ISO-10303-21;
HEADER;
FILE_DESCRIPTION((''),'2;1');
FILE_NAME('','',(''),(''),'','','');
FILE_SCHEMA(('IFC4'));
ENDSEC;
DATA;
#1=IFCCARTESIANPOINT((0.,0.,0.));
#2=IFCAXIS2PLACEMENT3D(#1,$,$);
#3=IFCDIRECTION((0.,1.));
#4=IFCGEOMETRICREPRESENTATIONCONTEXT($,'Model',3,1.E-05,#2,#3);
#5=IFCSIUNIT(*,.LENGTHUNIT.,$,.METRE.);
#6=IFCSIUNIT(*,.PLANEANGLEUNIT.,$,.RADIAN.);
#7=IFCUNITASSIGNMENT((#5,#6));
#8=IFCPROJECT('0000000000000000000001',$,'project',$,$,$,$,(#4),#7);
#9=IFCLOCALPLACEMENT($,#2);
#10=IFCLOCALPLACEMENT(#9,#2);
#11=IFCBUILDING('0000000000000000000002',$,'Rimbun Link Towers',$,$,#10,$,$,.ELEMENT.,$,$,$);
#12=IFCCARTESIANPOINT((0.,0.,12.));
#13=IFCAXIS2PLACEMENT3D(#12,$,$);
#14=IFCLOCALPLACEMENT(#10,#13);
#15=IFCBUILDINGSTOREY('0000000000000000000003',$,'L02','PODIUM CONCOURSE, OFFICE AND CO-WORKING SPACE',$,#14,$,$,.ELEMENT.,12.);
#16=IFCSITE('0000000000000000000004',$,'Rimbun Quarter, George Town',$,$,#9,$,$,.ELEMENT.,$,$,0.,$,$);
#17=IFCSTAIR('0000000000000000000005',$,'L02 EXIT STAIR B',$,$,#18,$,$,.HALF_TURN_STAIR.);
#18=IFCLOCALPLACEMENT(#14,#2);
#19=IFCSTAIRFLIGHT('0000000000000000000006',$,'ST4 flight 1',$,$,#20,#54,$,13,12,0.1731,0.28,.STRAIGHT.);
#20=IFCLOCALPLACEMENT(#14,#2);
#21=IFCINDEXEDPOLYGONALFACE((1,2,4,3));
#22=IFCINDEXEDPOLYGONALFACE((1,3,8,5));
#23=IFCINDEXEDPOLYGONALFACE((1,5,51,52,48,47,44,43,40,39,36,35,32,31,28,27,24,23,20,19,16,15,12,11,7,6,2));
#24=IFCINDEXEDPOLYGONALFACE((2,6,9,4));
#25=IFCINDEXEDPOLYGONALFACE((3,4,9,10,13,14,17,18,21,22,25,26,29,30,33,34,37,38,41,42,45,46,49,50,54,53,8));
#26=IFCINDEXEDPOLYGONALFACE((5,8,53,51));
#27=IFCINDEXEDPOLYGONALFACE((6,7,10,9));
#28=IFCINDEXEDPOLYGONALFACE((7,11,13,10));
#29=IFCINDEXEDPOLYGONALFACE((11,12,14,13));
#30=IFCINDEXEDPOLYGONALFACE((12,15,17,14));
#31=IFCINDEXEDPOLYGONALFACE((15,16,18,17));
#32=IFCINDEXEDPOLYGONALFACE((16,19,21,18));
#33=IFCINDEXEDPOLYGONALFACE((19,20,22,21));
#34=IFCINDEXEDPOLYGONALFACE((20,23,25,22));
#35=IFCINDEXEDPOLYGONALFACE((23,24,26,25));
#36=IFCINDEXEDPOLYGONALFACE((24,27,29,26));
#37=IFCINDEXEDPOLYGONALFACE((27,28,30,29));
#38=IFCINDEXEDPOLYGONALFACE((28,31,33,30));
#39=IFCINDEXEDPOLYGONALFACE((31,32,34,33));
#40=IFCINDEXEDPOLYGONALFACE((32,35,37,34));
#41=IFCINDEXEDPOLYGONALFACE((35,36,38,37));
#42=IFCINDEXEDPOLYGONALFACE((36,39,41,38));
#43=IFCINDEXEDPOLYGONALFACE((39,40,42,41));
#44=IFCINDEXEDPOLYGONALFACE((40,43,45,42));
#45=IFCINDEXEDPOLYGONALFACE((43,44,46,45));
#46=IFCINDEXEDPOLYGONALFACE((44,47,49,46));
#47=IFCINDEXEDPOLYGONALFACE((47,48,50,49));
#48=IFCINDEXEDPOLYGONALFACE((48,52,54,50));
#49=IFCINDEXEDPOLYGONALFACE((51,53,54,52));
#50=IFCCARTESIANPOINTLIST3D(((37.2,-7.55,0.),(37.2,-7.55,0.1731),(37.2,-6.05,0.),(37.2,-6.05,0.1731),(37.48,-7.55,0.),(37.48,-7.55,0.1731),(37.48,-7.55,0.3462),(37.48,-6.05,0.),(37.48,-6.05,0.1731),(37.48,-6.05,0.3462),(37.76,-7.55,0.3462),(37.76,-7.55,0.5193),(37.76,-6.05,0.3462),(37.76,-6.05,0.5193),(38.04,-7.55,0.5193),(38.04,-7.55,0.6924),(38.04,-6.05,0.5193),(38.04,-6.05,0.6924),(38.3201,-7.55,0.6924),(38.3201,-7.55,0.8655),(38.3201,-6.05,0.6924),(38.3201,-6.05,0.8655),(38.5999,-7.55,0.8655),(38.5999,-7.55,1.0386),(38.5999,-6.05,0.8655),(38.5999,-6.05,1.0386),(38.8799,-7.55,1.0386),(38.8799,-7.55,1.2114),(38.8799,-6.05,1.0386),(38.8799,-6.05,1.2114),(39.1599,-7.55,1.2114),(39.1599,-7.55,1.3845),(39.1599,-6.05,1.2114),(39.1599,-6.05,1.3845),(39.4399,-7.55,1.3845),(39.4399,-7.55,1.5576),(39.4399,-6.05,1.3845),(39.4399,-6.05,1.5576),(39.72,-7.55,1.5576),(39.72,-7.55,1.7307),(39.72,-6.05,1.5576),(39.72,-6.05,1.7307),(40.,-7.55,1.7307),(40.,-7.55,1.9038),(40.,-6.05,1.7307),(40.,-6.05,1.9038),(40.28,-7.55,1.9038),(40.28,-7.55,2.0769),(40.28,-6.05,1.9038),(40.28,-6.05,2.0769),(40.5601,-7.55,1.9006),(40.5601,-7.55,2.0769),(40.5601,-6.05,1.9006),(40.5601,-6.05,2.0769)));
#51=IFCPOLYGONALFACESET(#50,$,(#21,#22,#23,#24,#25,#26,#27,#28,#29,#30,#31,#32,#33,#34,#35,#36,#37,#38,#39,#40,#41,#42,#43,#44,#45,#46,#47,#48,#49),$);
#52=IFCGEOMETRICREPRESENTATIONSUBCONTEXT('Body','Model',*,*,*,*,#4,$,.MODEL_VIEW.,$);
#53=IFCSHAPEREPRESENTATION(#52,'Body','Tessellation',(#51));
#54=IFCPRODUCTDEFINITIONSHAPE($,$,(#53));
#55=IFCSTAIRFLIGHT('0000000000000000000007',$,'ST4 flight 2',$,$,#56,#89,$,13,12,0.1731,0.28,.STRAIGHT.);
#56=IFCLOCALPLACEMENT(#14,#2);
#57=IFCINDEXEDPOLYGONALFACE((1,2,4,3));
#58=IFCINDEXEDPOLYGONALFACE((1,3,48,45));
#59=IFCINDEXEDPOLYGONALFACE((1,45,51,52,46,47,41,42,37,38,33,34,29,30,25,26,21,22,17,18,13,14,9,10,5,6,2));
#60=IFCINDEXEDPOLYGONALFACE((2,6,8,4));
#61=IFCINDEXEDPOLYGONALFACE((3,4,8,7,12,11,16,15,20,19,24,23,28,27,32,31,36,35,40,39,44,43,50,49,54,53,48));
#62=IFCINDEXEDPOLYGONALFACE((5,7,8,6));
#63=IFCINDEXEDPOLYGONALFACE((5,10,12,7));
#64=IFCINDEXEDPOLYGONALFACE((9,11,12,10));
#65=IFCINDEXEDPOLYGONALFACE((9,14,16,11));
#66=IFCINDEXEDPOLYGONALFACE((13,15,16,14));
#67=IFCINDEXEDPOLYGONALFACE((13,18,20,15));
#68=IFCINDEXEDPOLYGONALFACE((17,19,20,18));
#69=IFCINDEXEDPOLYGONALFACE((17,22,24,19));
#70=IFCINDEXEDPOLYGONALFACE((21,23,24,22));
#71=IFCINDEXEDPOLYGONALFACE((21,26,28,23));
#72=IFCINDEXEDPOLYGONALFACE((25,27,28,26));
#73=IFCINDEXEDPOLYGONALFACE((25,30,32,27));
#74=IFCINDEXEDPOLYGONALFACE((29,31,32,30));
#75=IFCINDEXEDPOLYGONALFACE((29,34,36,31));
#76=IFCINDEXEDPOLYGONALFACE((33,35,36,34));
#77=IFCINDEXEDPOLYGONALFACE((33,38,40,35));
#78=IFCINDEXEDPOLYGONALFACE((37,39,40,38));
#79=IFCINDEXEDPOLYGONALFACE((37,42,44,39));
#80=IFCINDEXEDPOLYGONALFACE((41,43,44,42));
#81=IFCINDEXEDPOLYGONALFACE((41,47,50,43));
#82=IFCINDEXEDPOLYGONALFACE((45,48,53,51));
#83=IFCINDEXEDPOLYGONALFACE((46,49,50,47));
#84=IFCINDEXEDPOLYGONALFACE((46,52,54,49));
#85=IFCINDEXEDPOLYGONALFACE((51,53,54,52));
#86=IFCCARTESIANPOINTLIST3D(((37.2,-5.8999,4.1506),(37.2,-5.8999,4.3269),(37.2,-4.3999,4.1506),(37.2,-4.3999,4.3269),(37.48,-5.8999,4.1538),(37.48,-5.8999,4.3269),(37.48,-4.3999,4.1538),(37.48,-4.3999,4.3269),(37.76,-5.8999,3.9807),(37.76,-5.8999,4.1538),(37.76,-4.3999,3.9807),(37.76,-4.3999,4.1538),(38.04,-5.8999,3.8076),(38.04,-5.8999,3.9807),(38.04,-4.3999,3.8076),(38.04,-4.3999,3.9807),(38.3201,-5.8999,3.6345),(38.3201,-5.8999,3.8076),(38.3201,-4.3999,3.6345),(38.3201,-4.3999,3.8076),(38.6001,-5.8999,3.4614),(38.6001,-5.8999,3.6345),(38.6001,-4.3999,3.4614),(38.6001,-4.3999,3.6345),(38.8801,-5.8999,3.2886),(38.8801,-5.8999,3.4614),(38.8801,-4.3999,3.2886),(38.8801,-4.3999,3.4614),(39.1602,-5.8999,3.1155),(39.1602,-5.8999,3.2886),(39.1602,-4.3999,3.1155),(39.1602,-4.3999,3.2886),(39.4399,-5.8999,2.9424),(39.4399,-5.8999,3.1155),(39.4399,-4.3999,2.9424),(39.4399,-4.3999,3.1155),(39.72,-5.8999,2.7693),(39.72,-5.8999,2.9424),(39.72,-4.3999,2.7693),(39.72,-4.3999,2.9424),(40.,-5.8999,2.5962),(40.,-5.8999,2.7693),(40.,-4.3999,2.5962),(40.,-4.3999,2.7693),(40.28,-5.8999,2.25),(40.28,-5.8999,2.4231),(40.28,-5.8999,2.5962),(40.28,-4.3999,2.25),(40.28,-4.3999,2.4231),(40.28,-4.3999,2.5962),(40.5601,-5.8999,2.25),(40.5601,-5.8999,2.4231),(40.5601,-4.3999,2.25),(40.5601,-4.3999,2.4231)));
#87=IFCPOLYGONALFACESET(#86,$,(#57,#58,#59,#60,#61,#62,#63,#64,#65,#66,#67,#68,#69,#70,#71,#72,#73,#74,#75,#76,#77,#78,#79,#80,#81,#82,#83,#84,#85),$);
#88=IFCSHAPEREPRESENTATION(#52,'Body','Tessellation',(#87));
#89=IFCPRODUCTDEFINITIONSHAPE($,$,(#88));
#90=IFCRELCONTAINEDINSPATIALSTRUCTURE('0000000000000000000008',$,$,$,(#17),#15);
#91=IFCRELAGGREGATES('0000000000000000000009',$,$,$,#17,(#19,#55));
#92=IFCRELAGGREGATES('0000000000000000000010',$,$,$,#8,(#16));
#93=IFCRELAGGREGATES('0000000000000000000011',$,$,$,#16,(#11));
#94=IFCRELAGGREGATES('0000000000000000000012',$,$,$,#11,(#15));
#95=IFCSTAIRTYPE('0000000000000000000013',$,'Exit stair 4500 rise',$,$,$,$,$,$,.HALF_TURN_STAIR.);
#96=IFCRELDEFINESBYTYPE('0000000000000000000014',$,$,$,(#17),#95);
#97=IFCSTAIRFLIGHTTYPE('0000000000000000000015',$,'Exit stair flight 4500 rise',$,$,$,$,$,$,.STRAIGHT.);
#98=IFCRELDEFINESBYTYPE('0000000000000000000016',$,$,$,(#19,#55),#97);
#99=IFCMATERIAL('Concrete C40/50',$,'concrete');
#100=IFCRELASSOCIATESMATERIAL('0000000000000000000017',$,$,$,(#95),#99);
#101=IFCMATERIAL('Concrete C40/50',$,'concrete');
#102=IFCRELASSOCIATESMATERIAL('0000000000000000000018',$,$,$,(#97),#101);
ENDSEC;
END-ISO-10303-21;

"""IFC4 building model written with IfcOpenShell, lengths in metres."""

from ifc_helpers import new_model, si_unit, direction, frame, origin, place, context, subcontext, project, spatial, polyline, outline, extrude, material, type_object, element, aggregate, save


model = new_model("IFC4")

# Units and contexts
model_context = context("Model", 3, precision=1e-05, world=origin(), true_north=direction((0.0, 1.0)))
body_context = subcontext(model_context, "Body", "Model", "MODEL_VIEW")
ifc_project = project(units=[si_unit("LENGTHUNIT", "METRE"), si_unit("PLANEANGLEUNIT", "RADIAN")], contexts=[model_context])

# Site, building, storey
site_placement = place(None, origin())
site = spatial("IfcSite", under=ifc_project, at=site_placement, Name="Rimbun Quarter, George Town", CompositionType="ELEMENT", RefElevation=0.0)
building_placement = place(site_placement, origin())
building = spatial("IfcBuilding", under=site, at=building_placement, Name="Rimbun Link Towers", CompositionType="ELEMENT")
storey_placement = place(building_placement, frame((0.0, 0.0, 12.0)))
storey = spatial("IfcBuildingStorey", under=building, at=storey_placement, Name="L02", Description="PODIUM CONCOURSE, OFFICE AND CO-WORKING SPACE", CompositionType="ELEMENT", Elevation=12.0)

# Stair, stair flights
ifc_material_1 = material(Name="Concrete C40/50", Category="concrete")
stair_type = type_object("IfcStairType", Name="Exit stair 4500 rise", PredefinedType="HALF_TURN_STAIR", material=ifc_material_1)
stair_placement = place(storey_placement, origin())
stair = element("IfcStair", 1, at=stair_placement, inside=storey, type_object=stair_type, Name="L02 EXIT STAIR B", PredefinedType="HALF_TURN_STAIR")
ifc_material_2 = material(Name="Concrete C40/50", Category="concrete")
stair_flight_type = type_object("IfcStairFlightType", Name="Exit stair flight 4500 rise", PredefinedType="STRAIGHT", material=ifc_material_2)
stair_flight_1_placement = place(storey_placement, frame((37.2, -6.8, 0.0), z_axis=(0.0, 0.0, 1.0), x_axis=(1.0, 0.0, 0.0)))
stair_flight_1 = element("IfcStairFlight", 2, at=stair_flight_1_placement, type_object=stair_flight_type, Name="ST4 flight 1", NumberOfRisers=13, NumberOfTreads=12, PredefinedType="STRAIGHT", RiserHeight=0.1731, TreadLength=0.28, context=body_context, shape_type="SweptSolid", body=[
    extrude(outline(polyline([(0.0, 0.0), (0.0, 0.1731), (0.28, 0.1731), (0.28, 0.3462), (0.5601, 0.3462), (0.5601, 0.5193), (0.8401, 0.5193), (0.8401, 0.6924), (1.1201, 0.6924), (1.1201, 0.8655), (1.3999, 0.8655), (1.3999, 1.0386), (1.6799, 1.0386), (1.6799, 1.2114), (1.96, 1.2114), (1.96, 1.3845), (2.24, 1.3845), (2.24, 1.5576), (2.52, 1.5576), (2.52, 1.7307), (2.8, 1.7307), (2.8, 1.9038), (3.0801, 1.9038), (3.0801, 2.0769), (3.3601, 2.0769), (3.3601, 2.25), (3.3601, 1.9006), (0.28, 0.0), (0.0, 0.0)])), frame((0.0, 0.75, 0.0), z_axis=(0.0, -1.0, 0.0), x_axis=(1.0, 0.0, 0.0)), (0.0, 0.0, 1.0), 1.5),
])
stair_flight_2_placement = place(storey_placement, frame((40.5601, -5.1499, 2.25), z_axis=(0.0, 0.0, 1.0), x_axis=(-1.0, 0.0, 0.0)))
stair_flight_2 = element("IfcStairFlight", 3, at=stair_flight_2_placement, type_object=stair_flight_type, Name="ST4 flight 2", NumberOfRisers=13, NumberOfTreads=12, PredefinedType="STRAIGHT", RiserHeight=0.1731, TreadLength=0.28, context=body_context, shape_type="SweptSolid", body=[
    extrude(outline(polyline([(0.0, 0.0), (0.0, 0.1731), (0.28, 0.1731), (0.28, 0.3462), (0.5601, 0.3462), (0.5601, 0.5193), (0.8401, 0.5193), (0.8401, 0.6924), (1.1201, 0.6924), (1.1201, 0.8655), (1.3999, 0.8655), (1.3999, 1.0386), (1.6799, 1.0386), (1.6799, 1.2114), (1.96, 1.2114), (1.96, 1.3845), (2.24, 1.3845), (2.24, 1.5576), (2.52, 1.5576), (2.52, 1.7307), (2.8, 1.7307), (2.8, 1.9038), (3.0801, 1.9038), (3.0801, 2.0769), (3.3601, 2.0769), (3.3601, 2.25), (3.3601, 1.9006), (0.28, 0.0), (0.0, 0.0)])), frame((0.0, 0.75, 0.0), z_axis=(0.0, -1.0, 0.0), x_axis=(1.0, 0.0, 0.0)), (0.0, 0.0, 1.0), 1.5),
])
aggregate(stair, [stair_flight_1, stair_flight_2])

save(model, "model.ifc")
